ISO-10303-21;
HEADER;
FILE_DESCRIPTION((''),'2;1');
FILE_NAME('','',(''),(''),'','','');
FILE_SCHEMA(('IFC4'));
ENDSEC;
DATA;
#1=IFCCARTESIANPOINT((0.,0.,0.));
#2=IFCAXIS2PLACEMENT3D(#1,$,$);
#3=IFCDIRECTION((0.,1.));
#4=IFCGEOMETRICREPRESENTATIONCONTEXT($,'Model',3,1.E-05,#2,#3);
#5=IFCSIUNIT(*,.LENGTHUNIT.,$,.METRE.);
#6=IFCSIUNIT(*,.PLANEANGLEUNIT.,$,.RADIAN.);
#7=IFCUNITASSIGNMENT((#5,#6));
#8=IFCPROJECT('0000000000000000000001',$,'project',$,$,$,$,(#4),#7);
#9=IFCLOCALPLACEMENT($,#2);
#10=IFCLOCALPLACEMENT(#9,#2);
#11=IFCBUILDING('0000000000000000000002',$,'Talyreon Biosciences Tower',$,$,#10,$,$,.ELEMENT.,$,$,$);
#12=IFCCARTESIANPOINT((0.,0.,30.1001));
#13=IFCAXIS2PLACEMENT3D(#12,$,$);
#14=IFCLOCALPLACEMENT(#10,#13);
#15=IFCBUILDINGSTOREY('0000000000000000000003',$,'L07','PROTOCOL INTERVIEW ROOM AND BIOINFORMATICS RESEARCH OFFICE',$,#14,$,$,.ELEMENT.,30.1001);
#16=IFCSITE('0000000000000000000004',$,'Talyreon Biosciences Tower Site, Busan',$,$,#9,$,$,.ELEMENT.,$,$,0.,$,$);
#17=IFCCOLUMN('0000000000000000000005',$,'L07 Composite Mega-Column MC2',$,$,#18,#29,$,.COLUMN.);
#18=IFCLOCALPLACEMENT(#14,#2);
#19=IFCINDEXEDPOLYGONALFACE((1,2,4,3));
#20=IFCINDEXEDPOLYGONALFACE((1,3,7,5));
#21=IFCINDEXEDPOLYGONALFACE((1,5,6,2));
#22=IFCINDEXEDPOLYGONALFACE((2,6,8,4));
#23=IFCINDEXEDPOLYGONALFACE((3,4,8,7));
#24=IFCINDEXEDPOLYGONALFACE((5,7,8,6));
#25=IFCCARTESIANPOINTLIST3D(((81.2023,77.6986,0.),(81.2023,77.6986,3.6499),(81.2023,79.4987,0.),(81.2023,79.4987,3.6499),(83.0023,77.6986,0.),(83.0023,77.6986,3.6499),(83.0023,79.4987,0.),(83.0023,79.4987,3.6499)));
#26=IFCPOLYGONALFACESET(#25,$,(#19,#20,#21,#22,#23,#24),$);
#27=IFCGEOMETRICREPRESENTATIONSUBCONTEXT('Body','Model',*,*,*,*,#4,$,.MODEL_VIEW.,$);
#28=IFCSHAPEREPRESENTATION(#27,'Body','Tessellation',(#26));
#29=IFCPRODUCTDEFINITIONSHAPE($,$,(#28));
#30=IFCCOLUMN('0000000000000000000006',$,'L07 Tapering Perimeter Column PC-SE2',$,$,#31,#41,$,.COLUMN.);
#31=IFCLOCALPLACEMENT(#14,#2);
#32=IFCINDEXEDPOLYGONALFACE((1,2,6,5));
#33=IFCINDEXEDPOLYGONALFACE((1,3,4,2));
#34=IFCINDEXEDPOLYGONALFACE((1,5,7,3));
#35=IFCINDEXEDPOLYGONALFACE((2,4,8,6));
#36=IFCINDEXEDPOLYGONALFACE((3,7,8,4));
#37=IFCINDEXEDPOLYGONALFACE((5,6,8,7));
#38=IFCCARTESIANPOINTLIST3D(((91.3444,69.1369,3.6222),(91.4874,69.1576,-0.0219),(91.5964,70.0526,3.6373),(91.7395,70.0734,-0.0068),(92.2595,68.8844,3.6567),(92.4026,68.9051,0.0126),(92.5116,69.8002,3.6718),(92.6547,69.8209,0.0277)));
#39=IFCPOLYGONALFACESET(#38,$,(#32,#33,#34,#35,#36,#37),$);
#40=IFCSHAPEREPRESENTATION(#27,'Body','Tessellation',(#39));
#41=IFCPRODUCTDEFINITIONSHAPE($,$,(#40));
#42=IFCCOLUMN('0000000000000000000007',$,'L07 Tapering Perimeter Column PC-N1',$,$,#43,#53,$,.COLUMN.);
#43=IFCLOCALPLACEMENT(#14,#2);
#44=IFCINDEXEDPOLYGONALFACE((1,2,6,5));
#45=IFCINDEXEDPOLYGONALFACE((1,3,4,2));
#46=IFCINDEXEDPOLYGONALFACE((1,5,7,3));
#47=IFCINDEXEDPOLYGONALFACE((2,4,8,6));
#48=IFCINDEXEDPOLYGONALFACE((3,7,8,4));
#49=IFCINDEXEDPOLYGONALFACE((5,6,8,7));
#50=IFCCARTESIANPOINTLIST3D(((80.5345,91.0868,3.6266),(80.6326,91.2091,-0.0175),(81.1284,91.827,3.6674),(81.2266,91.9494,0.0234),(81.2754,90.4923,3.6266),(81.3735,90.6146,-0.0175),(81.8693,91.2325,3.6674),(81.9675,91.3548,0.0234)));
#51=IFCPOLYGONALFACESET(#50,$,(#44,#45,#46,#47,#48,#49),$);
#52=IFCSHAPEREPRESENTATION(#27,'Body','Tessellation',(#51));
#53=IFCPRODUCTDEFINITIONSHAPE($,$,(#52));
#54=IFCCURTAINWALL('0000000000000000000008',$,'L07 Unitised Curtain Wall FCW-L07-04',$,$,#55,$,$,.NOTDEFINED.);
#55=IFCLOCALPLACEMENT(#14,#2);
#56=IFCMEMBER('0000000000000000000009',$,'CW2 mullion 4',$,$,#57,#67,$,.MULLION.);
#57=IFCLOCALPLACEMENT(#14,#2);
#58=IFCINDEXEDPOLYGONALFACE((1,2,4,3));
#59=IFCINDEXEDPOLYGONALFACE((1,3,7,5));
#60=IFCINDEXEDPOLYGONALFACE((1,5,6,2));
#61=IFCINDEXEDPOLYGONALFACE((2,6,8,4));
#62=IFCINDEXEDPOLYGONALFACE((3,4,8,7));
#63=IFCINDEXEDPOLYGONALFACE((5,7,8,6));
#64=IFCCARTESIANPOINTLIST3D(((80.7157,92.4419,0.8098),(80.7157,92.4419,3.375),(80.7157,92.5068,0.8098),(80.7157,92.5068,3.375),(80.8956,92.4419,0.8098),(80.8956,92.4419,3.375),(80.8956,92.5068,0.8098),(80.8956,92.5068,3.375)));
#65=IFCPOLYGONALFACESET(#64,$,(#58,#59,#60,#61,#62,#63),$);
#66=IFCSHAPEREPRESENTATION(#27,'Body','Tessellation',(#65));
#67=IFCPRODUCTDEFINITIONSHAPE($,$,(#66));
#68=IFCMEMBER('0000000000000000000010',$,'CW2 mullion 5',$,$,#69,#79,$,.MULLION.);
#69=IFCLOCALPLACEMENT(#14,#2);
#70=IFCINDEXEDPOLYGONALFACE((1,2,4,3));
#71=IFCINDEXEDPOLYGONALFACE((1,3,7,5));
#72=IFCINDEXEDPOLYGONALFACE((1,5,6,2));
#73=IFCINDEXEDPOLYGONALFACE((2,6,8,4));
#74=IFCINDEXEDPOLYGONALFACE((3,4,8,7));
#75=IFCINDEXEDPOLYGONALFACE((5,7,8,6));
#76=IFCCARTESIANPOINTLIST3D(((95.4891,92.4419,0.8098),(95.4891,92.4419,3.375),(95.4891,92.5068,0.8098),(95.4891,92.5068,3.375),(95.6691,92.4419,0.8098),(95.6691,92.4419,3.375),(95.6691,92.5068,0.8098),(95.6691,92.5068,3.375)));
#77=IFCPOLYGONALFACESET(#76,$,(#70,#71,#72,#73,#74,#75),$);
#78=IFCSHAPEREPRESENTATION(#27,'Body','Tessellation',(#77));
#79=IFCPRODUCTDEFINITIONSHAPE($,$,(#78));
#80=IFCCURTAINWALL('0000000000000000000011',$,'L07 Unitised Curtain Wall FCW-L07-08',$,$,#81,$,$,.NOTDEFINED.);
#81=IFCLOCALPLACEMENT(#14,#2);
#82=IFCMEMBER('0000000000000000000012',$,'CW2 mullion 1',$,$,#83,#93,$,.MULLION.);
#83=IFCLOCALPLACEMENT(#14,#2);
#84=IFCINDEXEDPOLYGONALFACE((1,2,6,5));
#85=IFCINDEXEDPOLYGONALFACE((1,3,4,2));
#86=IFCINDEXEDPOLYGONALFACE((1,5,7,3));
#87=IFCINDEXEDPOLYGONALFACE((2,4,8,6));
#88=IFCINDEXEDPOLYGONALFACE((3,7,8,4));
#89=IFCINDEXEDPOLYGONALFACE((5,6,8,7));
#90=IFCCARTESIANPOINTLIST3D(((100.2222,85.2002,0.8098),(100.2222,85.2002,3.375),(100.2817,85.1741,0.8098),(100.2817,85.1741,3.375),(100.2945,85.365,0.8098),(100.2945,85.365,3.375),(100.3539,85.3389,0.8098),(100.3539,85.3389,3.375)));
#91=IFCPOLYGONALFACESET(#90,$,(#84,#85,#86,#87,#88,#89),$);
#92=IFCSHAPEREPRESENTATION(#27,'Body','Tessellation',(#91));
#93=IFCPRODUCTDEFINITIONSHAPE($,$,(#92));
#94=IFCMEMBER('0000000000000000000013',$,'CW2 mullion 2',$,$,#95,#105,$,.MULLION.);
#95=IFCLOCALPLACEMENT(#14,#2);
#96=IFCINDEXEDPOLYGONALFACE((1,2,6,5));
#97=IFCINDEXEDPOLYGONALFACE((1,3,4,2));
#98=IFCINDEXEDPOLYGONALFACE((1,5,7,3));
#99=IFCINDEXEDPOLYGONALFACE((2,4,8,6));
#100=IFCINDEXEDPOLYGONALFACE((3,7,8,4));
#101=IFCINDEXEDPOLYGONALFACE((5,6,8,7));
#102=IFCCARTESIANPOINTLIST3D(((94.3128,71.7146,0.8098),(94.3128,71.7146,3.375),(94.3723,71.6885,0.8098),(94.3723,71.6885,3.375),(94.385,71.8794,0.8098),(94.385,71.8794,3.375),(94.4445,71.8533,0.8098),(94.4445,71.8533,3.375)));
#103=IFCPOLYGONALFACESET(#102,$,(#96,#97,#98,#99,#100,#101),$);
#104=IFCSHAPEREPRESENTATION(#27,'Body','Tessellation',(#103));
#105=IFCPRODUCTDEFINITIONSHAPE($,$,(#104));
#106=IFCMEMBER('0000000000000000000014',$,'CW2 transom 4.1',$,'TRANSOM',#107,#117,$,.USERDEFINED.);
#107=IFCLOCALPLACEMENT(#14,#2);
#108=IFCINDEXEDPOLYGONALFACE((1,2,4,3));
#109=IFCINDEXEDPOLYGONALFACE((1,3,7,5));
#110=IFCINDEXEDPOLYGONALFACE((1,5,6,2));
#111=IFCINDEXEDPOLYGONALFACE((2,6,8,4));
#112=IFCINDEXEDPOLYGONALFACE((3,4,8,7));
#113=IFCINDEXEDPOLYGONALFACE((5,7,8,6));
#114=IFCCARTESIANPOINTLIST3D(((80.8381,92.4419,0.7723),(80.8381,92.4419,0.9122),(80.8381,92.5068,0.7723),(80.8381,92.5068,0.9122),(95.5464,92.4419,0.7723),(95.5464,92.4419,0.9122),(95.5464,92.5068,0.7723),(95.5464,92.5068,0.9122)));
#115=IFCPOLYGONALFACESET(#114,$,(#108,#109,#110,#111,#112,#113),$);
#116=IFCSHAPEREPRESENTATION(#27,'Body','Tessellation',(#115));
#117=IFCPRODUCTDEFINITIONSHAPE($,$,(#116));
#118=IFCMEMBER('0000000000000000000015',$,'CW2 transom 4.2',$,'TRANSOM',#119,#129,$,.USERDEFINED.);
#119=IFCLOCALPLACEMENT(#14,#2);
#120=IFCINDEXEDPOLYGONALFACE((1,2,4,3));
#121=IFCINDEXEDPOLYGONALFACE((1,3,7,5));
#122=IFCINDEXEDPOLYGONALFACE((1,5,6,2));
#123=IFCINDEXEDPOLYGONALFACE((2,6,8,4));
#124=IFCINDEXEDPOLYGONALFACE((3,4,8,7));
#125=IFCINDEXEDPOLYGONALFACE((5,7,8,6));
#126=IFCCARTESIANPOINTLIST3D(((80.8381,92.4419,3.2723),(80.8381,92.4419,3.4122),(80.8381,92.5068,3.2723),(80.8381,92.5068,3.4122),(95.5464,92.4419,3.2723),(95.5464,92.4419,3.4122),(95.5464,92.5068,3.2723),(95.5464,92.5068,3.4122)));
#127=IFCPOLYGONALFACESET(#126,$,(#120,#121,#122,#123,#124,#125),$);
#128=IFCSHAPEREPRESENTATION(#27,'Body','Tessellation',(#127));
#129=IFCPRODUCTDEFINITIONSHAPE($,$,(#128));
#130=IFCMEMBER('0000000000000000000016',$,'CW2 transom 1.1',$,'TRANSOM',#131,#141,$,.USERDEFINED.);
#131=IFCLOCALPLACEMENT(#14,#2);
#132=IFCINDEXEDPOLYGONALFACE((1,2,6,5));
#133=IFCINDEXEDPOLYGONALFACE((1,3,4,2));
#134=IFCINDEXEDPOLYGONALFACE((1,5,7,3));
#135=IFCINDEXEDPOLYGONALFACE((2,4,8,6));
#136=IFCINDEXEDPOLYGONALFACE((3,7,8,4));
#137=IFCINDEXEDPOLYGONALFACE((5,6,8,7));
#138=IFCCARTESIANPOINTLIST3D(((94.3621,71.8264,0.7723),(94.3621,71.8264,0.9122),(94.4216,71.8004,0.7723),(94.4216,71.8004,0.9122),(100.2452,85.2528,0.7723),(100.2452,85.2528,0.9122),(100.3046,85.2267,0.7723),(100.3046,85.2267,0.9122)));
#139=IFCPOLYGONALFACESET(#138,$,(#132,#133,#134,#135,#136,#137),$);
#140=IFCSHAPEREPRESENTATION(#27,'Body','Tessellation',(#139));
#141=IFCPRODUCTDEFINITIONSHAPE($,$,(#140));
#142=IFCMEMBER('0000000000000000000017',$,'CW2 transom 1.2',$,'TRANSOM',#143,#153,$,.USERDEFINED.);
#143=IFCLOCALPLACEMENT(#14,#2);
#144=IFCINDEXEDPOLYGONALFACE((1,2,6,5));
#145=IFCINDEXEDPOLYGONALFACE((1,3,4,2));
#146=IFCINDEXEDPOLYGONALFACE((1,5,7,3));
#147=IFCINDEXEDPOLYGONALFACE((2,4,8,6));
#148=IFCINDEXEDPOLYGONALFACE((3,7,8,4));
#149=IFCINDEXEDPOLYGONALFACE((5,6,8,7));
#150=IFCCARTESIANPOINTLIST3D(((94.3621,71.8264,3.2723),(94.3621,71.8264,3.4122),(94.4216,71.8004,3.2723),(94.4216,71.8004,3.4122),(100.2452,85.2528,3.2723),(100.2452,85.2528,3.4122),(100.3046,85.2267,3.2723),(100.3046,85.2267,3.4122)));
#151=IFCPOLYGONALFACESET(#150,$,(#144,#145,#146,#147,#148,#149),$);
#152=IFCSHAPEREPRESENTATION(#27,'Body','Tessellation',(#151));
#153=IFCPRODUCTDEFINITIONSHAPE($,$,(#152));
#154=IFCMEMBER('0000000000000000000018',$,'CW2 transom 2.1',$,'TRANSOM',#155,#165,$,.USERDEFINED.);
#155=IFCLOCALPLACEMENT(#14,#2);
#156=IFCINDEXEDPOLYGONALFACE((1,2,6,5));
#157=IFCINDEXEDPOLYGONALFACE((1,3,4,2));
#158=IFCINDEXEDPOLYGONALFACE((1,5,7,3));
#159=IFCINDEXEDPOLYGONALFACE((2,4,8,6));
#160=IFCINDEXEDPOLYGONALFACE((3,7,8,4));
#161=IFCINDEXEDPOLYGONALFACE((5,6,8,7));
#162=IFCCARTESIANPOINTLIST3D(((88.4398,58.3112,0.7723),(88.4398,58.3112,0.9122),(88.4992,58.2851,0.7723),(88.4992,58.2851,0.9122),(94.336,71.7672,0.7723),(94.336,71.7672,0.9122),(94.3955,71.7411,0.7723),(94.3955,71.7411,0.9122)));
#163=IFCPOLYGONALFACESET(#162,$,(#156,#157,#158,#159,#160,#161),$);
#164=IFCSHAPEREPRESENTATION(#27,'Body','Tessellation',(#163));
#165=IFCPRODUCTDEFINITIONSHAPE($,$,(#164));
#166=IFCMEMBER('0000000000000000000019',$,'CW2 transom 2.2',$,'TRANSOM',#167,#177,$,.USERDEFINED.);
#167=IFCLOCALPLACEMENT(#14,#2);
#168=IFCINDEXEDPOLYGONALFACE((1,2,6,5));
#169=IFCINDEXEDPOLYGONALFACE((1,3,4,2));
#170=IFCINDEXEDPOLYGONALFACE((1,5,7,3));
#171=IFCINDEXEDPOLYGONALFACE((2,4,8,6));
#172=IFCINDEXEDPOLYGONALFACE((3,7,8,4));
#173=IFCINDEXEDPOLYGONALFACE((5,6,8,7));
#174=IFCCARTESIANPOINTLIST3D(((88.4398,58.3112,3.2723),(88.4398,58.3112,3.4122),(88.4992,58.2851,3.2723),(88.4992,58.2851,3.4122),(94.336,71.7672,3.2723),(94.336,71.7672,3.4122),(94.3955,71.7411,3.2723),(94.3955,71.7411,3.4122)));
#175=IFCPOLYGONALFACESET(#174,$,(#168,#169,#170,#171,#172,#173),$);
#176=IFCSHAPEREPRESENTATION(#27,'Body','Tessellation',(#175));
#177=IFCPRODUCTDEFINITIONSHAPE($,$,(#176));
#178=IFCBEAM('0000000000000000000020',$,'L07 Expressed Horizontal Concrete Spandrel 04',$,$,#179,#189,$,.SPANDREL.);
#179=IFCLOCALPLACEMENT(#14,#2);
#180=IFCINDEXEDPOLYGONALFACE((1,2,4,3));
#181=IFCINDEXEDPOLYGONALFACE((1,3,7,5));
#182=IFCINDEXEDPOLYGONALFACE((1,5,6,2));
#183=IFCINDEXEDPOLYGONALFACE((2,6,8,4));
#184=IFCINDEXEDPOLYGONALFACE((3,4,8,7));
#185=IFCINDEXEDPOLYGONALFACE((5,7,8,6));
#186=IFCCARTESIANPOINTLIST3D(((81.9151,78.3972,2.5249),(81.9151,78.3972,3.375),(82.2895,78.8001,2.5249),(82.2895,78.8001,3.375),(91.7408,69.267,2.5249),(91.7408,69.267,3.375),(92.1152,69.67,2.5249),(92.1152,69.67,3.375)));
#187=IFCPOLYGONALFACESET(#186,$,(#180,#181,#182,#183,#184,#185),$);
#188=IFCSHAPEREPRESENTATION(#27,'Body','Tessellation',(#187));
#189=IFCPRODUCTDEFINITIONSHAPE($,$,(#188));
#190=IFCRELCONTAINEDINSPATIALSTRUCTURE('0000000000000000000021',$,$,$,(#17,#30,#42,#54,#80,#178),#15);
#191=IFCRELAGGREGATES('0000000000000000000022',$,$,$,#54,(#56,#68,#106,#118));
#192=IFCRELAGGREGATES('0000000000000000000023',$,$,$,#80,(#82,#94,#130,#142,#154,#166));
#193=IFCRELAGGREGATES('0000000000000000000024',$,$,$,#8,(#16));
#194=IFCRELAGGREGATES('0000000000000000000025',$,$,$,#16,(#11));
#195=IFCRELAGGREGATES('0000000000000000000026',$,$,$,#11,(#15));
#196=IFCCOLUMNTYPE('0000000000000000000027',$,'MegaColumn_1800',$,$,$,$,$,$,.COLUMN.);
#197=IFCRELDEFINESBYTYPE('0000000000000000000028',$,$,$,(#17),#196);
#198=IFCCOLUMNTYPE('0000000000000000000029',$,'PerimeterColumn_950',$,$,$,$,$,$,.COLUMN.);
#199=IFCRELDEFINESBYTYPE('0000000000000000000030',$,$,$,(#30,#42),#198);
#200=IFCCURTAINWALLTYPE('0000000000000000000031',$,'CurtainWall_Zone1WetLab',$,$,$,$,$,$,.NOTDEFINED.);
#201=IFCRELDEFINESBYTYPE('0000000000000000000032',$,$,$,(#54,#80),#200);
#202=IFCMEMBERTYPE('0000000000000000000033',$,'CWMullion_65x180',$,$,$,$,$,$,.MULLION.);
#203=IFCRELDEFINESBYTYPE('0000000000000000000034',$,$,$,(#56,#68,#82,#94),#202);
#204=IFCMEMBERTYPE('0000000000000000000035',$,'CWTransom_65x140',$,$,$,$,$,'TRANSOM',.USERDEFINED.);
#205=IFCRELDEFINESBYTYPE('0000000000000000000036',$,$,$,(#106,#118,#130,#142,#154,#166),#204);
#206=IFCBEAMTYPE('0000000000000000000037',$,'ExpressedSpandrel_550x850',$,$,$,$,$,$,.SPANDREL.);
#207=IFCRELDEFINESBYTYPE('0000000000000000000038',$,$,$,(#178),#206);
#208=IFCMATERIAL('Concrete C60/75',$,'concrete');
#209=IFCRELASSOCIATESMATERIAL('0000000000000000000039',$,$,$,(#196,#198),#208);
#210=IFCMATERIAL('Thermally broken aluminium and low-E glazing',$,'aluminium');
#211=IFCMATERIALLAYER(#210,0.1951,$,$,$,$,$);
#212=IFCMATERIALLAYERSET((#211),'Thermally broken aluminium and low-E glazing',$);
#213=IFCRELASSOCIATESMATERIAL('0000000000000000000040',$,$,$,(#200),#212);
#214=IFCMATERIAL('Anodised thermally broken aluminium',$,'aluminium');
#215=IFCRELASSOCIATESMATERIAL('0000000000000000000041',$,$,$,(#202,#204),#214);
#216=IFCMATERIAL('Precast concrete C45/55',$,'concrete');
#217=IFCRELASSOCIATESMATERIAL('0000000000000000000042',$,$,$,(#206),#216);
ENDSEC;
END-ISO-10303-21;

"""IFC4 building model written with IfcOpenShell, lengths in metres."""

from ifc_helpers import new_model, si_unit, direction, frame, origin, origin_2d, place, context, subcontext, project, spatial, rectangle, extrude, material, layer, layer_set, material_profile, profile_set, type_object, element, aggregate, save


model = new_model("IFC4")

# Units and contexts
model_context = context("Model", 3, precision=1e-05, world=origin(), true_north=direction((0.0, 1.0)))
body_context = subcontext(model_context, "Body", "Model", "MODEL_VIEW")
ifc_project = project(units=[si_unit("LENGTHUNIT", "METRE"), si_unit("PLANEANGLEUNIT", "RADIAN")], contexts=[model_context])

# Site, building, storey
site_placement = place(None, origin())
site = spatial("IfcSite", under=ifc_project, at=site_placement, Name="Talyreon Biosciences Tower Site, Busan", CompositionType="ELEMENT", RefElevation=0.0)
building_placement = place(site_placement, origin())
building = spatial("IfcBuilding", under=site, at=building_placement, Name="Talyreon Biosciences Tower", CompositionType="ELEMENT")
storey_placement = place(building_placement, frame((0.0, 0.0, 30.1001)))
storey = spatial("IfcBuildingStorey", under=building, at=storey_placement, Name="L07", Description="PROTOCOL INTERVIEW ROOM AND BIOINFORMATICS RESEARCH OFFICE", CompositionType="ELEMENT", Elevation=30.1001)

# Columns
ifc_material_1 = material(Name="Concrete C60/75", Category="concrete")
ifc_material_profile_1 = material_profile(ifc_material_1, rectangle(XDim=1.8, YDim=1.8, at=origin_2d()), Name="RC 1800x1800")
ifc_profile_set_1 = profile_set([ifc_material_profile_1], Name="Concrete C60/75")
column_type_1 = type_object("IfcColumnType", Name="MegaColumn_1800", PredefinedType="COLUMN", material=ifc_profile_set_1)
column_1_placement = place(storey_placement, frame((82.1023, 78.5986, 0.0), z_axis=(0.0, 0.0, 1.0), x_axis=(1.0, 0.0, 0.0)))
element("IfcColumn", 1, at=column_1_placement, inside=storey, type_object=column_type_1, Name="L07 Composite Mega-Column MC2", PredefinedType="COLUMN", context=body_context, shape_type="SweptSolid", body=[
    extrude(rectangle(XDim=1.8, YDim=1.8, at=origin_2d()), origin(), (0.0, 0.0, 1.0), 3.6499),
])
ifc_material_profile_2 = material_profile(ifc_material_1, rectangle(XDim=0.95, YDim=0.95, at=origin_2d()), Name="RC 950x950")
ifc_profile_set_2 = profile_set([ifc_material_profile_2], Name="Concrete C60/75")
column_type_2 = type_object("IfcColumnType", Name="PerimeterColumn_950", PredefinedType="COLUMN", material=ifc_profile_set_2)
column_2_placement = place(storey_placement, frame((92.071, 69.4893, 0.0029), z_axis=(-0.039229, -0.00569, 0.999214), x_axis=(0.963352, -0.265773, 0.036308)))
element("IfcColumn", 2, at=column_2_placement, inside=storey, type_object=column_type_2, Name="L07 Tapering Perimeter Column PC-SE2", PredefinedType="COLUMN", context=body_context, shape_type="SweptSolid", body=[
    extrude(rectangle(XDim=0.95, YDim=0.95, at=origin_2d()), origin(), (0.0, 0.0, 1.0), 3.647),
])
column_3_placement = place(storey_placement, frame((81.3, 91.282, 0.0029), z_axis=(-0.026908, -0.033535, 0.999075), x_axis=(-0.779957, 0.625834, 0.0)))
element("IfcColumn", 3, at=column_3_placement, inside=storey, type_object=column_type_2, Name="L07 Tapering Perimeter Column PC-N1", PredefinedType="COLUMN", context=body_context, shape_type="SweptSolid", body=[
    extrude(rectangle(XDim=0.95, YDim=0.95, at=origin_2d()), origin(), (0.0, 0.0, 1.0), 3.6475),
])

# Curtain walls, members
ifc_material_2 = material(Name="Thermally broken aluminium and low-E glazing", Category="aluminium")
ifc_layer_1 = layer(ifc_material_2, 0.1951)
ifc_layer_set_1 = layer_set([ifc_layer_1], Name="Thermally broken aluminium and low-E glazing")
curtain_wall_type = type_object("IfcCurtainWallType", Name="CurtainWall_Zone1WetLab", PredefinedType="NOTDEFINED", material=ifc_layer_set_1)
curtain_wall_1_placement = place(storey_placement, origin())
curtain_wall_1 = element("IfcCurtainWall", 4, at=curtain_wall_1_placement, inside=storey, type_object=curtain_wall_type, Name="L07 Unitised Curtain Wall FCW-L07-04", PredefinedType="NOTDEFINED")
ifc_material_3 = material(Name="Anodised thermally broken aluminium", Category="aluminium")
ifc_material_profile_3 = material_profile(ifc_material_3, rectangle(XDim=0.0649, YDim=0.1799, at=origin_2d()), Name="ALUM MULLION 65x180")
ifc_profile_set_3 = profile_set([ifc_material_profile_3], Name="Anodised thermally broken aluminium")
member_type_1 = type_object("IfcMemberType", Name="CWMullion_65x180", PredefinedType="MULLION", material=ifc_profile_set_3)
member_1_placement = place(storey_placement, frame((80.8057, 92.4744, 0.8098), z_axis=(0.0, 0.0, 1.0), x_axis=(0.0, 1.0, 0.0)))
member_1 = element("IfcMember", 5, at=member_1_placement, type_object=member_type_1, Name="CW2 mullion 4", PredefinedType="MULLION", context=body_context, shape_type="SweptSolid", body=[
    extrude(rectangle(XDim=0.0649, YDim=0.1799, at=origin_2d()), origin(), (0.0, 0.0, 1.0), 2.5652),
])
member_2_placement = place(storey_placement, frame((95.5791, 92.4744, 0.8098), z_axis=(0.0, 0.0, 1.0), x_axis=(0.0, 1.0, 0.0)))
member_2 = element("IfcMember", 6, at=member_2_placement, type_object=member_type_1, Name="CW2 mullion 5", PredefinedType="MULLION", context=body_context, shape_type="SweptSolid", body=[
    extrude(rectangle(XDim=0.0649, YDim=0.1799, at=origin_2d()), origin(), (0.0, 0.0, 1.0), 2.5652),
])
curtain_wall_2_placement = place(storey_placement, origin())
curtain_wall_2 = element("IfcCurtainWall", 7, at=curtain_wall_2_placement, inside=storey, type_object=curtain_wall_type, Name="L07 Unitised Curtain Wall FCW-L07-08", PredefinedType="NOTDEFINED")
member_3_placement = place(storey_placement, frame((100.2881, 85.2695, 0.8098), z_axis=(0.0, 0.0, 1.0), x_axis=(0.915927, -0.401345, 0.0)))
member_3 = element("IfcMember", 8, at=member_3_placement, type_object=member_type_1, Name="CW2 mullion 1", PredefinedType="MULLION", context=body_context, shape_type="SweptSolid", body=[
    extrude(rectangle(XDim=0.0649, YDim=0.1799, at=origin_2d()), origin(), (0.0, 0.0, 1.0), 2.5652),
])
member_4_placement = place(storey_placement, frame((94.3787, 71.7839, 0.8098), z_axis=(0.0, 0.0, 1.0), x_axis=(0.915927, -0.401345, 0.0)))
member_4 = element("IfcMember", 9, at=member_4_placement, type_object=member_type_1, Name="CW2 mullion 2", PredefinedType="MULLION", context=body_context, shape_type="SweptSolid", body=[
    extrude(rectangle(XDim=0.0649, YDim=0.1799, at=origin_2d()), origin(), (0.0, 0.0, 1.0), 2.5652),
])

# Members
ifc_material_profile_4 = material_profile(ifc_material_3, rectangle(XDim=0.0649, YDim=0.1399, at=origin_2d()), Name="ALUM TRANSOM 65x140")
ifc_profile_set_4 = profile_set([ifc_material_profile_4], Name="Anodised thermally broken aluminium")
member_type_2 = type_object("IfcMemberType", Name="CWTransom_65x140", ElementType="TRANSOM", PredefinedType="USERDEFINED", material=ifc_profile_set_4)
member_5_placement = place(storey_placement, frame((80.8381, 92.4744, 0.8423), z_axis=(1.0, 0.0, 0.0), x_axis=(0.0, 1.0, 0.0)))
member_5 = element("IfcMember", 10, at=member_5_placement, type_object=member_type_2, Name="CW2 transom 4.1", ObjectType="TRANSOM", PredefinedType="USERDEFINED", context=body_context, shape_type="SweptSolid", body=[
    extrude(rectangle(XDim=0.0649, YDim=0.1399, at=origin_2d()), origin(), (0.0, 0.0, 1.0), 14.7083),
])
member_6_placement = place(storey_placement, frame((80.8381, 92.4744, 3.3423), z_axis=(1.0, 0.0, 0.0), x_axis=(0.0, 1.0, 0.0)))
member_6 = element("IfcMember", 11, at=member_6_placement, type_object=member_type_2, Name="CW2 transom 4.2", ObjectType="TRANSOM", PredefinedType="USERDEFINED", context=body_context, shape_type="SweptSolid", body=[
    extrude(rectangle(XDim=0.0649, YDim=0.1399, at=origin_2d()), origin(), (0.0, 0.0, 1.0), 14.7083),
])
member_7_placement = place(storey_placement, frame((100.2749, 85.2397, 0.8423), z_axis=(-0.401338, -0.91593, 0.0), x_axis=(0.91593, -0.401338, 0.0)))
member_7 = element("IfcMember", 12, at=member_7_placement, type_object=member_type_2, Name="CW2 transom 1.1", ObjectType="TRANSOM", PredefinedType="USERDEFINED", context=body_context, shape_type="SweptSolid", body=[
    extrude(rectangle(XDim=0.0649, YDim=0.1399, at=origin_2d()), origin(), (0.0, 0.0, 1.0), 14.6587),
])
member_8_placement = place(storey_placement, frame((100.2749, 85.2397, 3.3423), z_axis=(-0.401338, -0.91593, 0.0), x_axis=(0.91593, -0.401338, 0.0)))
member_8 = element("IfcMember", 13, at=member_8_placement, type_object=member_type_2, Name="CW2 transom 1.2", ObjectType="TRANSOM", PredefinedType="USERDEFINED", context=body_context, shape_type="SweptSolid", body=[
    extrude(rectangle(XDim=0.0649, YDim=0.1399, at=origin_2d()), origin(), (0.0, 0.0, 1.0), 14.6587),
])
member_9_placement = place(storey_placement, frame((94.3657, 71.7542, 0.8423), z_axis=(-0.401345, -0.915927, 0.0), x_axis=(0.915927, -0.401345, 0.0)))
member_9 = element("IfcMember", 14, at=member_9_placement, type_object=member_type_2, Name="CW2 transom 2.1", ObjectType="TRANSOM", PredefinedType="USERDEFINED", context=body_context, shape_type="SweptSolid", body=[
    extrude(rectangle(XDim=0.0649, YDim=0.1399, at=origin_2d()), origin(), (0.0, 0.0, 1.0), 14.6912),
])
member_10_placement = place(storey_placement, frame((94.3657, 71.7542, 3.3423), z_axis=(-0.401345, -0.915927, 0.0), x_axis=(0.915927, -0.401345, 0.0)))
member_10 = element("IfcMember", 15, at=member_10_placement, type_object=member_type_2, Name="CW2 transom 2.2", ObjectType="TRANSOM", PredefinedType="USERDEFINED", context=body_context, shape_type="SweptSolid", body=[
    extrude(rectangle(XDim=0.0649, YDim=0.1399, at=origin_2d()), origin(), (0.0, 0.0, 1.0), 14.6912),
])

# Beam
ifc_material_4 = material(Name="Precast concrete C45/55", Category="concrete")
ifc_material_profile_5 = material_profile(ifc_material_4, rectangle(XDim=0.55, YDim=0.8501, at=origin_2d()), Name="RCB 550x850")
ifc_profile_set_5 = profile_set([ifc_material_profile_5], Name="Precast concrete C45/55")
beam_type_1 = type_object("IfcBeamType", Name="ExpressedSpandrel_550x850", PredefinedType="SPANDREL", material=ifc_profile_set_5)
beam_1_placement = place(storey_placement, frame((91.928, 69.4685, 2.95), z_axis=(-0.73256, 0.680702, 0.0), x_axis=(-0.680702, -0.73256, 0.0)))
element("IfcBeam", 16, at=beam_1_placement, inside=storey, type_object=beam_type_1, Name="L07 Expressed Horizontal Concrete Spandrel 04", PredefinedType="SPANDREL", context=body_context, shape_type="SweptSolid", body=[
    extrude(rectangle(XDim=0.55, YDim=0.8501, at=origin_2d()), origin(), (0.0, 0.0, 1.0), 13.4128),
])

aggregate(curtain_wall_1, [member_1, member_2, member_5, member_6])
aggregate(curtain_wall_2, [member_3, member_4, member_7, member_8, member_9, member_10])

save(model, "model.ifc")
